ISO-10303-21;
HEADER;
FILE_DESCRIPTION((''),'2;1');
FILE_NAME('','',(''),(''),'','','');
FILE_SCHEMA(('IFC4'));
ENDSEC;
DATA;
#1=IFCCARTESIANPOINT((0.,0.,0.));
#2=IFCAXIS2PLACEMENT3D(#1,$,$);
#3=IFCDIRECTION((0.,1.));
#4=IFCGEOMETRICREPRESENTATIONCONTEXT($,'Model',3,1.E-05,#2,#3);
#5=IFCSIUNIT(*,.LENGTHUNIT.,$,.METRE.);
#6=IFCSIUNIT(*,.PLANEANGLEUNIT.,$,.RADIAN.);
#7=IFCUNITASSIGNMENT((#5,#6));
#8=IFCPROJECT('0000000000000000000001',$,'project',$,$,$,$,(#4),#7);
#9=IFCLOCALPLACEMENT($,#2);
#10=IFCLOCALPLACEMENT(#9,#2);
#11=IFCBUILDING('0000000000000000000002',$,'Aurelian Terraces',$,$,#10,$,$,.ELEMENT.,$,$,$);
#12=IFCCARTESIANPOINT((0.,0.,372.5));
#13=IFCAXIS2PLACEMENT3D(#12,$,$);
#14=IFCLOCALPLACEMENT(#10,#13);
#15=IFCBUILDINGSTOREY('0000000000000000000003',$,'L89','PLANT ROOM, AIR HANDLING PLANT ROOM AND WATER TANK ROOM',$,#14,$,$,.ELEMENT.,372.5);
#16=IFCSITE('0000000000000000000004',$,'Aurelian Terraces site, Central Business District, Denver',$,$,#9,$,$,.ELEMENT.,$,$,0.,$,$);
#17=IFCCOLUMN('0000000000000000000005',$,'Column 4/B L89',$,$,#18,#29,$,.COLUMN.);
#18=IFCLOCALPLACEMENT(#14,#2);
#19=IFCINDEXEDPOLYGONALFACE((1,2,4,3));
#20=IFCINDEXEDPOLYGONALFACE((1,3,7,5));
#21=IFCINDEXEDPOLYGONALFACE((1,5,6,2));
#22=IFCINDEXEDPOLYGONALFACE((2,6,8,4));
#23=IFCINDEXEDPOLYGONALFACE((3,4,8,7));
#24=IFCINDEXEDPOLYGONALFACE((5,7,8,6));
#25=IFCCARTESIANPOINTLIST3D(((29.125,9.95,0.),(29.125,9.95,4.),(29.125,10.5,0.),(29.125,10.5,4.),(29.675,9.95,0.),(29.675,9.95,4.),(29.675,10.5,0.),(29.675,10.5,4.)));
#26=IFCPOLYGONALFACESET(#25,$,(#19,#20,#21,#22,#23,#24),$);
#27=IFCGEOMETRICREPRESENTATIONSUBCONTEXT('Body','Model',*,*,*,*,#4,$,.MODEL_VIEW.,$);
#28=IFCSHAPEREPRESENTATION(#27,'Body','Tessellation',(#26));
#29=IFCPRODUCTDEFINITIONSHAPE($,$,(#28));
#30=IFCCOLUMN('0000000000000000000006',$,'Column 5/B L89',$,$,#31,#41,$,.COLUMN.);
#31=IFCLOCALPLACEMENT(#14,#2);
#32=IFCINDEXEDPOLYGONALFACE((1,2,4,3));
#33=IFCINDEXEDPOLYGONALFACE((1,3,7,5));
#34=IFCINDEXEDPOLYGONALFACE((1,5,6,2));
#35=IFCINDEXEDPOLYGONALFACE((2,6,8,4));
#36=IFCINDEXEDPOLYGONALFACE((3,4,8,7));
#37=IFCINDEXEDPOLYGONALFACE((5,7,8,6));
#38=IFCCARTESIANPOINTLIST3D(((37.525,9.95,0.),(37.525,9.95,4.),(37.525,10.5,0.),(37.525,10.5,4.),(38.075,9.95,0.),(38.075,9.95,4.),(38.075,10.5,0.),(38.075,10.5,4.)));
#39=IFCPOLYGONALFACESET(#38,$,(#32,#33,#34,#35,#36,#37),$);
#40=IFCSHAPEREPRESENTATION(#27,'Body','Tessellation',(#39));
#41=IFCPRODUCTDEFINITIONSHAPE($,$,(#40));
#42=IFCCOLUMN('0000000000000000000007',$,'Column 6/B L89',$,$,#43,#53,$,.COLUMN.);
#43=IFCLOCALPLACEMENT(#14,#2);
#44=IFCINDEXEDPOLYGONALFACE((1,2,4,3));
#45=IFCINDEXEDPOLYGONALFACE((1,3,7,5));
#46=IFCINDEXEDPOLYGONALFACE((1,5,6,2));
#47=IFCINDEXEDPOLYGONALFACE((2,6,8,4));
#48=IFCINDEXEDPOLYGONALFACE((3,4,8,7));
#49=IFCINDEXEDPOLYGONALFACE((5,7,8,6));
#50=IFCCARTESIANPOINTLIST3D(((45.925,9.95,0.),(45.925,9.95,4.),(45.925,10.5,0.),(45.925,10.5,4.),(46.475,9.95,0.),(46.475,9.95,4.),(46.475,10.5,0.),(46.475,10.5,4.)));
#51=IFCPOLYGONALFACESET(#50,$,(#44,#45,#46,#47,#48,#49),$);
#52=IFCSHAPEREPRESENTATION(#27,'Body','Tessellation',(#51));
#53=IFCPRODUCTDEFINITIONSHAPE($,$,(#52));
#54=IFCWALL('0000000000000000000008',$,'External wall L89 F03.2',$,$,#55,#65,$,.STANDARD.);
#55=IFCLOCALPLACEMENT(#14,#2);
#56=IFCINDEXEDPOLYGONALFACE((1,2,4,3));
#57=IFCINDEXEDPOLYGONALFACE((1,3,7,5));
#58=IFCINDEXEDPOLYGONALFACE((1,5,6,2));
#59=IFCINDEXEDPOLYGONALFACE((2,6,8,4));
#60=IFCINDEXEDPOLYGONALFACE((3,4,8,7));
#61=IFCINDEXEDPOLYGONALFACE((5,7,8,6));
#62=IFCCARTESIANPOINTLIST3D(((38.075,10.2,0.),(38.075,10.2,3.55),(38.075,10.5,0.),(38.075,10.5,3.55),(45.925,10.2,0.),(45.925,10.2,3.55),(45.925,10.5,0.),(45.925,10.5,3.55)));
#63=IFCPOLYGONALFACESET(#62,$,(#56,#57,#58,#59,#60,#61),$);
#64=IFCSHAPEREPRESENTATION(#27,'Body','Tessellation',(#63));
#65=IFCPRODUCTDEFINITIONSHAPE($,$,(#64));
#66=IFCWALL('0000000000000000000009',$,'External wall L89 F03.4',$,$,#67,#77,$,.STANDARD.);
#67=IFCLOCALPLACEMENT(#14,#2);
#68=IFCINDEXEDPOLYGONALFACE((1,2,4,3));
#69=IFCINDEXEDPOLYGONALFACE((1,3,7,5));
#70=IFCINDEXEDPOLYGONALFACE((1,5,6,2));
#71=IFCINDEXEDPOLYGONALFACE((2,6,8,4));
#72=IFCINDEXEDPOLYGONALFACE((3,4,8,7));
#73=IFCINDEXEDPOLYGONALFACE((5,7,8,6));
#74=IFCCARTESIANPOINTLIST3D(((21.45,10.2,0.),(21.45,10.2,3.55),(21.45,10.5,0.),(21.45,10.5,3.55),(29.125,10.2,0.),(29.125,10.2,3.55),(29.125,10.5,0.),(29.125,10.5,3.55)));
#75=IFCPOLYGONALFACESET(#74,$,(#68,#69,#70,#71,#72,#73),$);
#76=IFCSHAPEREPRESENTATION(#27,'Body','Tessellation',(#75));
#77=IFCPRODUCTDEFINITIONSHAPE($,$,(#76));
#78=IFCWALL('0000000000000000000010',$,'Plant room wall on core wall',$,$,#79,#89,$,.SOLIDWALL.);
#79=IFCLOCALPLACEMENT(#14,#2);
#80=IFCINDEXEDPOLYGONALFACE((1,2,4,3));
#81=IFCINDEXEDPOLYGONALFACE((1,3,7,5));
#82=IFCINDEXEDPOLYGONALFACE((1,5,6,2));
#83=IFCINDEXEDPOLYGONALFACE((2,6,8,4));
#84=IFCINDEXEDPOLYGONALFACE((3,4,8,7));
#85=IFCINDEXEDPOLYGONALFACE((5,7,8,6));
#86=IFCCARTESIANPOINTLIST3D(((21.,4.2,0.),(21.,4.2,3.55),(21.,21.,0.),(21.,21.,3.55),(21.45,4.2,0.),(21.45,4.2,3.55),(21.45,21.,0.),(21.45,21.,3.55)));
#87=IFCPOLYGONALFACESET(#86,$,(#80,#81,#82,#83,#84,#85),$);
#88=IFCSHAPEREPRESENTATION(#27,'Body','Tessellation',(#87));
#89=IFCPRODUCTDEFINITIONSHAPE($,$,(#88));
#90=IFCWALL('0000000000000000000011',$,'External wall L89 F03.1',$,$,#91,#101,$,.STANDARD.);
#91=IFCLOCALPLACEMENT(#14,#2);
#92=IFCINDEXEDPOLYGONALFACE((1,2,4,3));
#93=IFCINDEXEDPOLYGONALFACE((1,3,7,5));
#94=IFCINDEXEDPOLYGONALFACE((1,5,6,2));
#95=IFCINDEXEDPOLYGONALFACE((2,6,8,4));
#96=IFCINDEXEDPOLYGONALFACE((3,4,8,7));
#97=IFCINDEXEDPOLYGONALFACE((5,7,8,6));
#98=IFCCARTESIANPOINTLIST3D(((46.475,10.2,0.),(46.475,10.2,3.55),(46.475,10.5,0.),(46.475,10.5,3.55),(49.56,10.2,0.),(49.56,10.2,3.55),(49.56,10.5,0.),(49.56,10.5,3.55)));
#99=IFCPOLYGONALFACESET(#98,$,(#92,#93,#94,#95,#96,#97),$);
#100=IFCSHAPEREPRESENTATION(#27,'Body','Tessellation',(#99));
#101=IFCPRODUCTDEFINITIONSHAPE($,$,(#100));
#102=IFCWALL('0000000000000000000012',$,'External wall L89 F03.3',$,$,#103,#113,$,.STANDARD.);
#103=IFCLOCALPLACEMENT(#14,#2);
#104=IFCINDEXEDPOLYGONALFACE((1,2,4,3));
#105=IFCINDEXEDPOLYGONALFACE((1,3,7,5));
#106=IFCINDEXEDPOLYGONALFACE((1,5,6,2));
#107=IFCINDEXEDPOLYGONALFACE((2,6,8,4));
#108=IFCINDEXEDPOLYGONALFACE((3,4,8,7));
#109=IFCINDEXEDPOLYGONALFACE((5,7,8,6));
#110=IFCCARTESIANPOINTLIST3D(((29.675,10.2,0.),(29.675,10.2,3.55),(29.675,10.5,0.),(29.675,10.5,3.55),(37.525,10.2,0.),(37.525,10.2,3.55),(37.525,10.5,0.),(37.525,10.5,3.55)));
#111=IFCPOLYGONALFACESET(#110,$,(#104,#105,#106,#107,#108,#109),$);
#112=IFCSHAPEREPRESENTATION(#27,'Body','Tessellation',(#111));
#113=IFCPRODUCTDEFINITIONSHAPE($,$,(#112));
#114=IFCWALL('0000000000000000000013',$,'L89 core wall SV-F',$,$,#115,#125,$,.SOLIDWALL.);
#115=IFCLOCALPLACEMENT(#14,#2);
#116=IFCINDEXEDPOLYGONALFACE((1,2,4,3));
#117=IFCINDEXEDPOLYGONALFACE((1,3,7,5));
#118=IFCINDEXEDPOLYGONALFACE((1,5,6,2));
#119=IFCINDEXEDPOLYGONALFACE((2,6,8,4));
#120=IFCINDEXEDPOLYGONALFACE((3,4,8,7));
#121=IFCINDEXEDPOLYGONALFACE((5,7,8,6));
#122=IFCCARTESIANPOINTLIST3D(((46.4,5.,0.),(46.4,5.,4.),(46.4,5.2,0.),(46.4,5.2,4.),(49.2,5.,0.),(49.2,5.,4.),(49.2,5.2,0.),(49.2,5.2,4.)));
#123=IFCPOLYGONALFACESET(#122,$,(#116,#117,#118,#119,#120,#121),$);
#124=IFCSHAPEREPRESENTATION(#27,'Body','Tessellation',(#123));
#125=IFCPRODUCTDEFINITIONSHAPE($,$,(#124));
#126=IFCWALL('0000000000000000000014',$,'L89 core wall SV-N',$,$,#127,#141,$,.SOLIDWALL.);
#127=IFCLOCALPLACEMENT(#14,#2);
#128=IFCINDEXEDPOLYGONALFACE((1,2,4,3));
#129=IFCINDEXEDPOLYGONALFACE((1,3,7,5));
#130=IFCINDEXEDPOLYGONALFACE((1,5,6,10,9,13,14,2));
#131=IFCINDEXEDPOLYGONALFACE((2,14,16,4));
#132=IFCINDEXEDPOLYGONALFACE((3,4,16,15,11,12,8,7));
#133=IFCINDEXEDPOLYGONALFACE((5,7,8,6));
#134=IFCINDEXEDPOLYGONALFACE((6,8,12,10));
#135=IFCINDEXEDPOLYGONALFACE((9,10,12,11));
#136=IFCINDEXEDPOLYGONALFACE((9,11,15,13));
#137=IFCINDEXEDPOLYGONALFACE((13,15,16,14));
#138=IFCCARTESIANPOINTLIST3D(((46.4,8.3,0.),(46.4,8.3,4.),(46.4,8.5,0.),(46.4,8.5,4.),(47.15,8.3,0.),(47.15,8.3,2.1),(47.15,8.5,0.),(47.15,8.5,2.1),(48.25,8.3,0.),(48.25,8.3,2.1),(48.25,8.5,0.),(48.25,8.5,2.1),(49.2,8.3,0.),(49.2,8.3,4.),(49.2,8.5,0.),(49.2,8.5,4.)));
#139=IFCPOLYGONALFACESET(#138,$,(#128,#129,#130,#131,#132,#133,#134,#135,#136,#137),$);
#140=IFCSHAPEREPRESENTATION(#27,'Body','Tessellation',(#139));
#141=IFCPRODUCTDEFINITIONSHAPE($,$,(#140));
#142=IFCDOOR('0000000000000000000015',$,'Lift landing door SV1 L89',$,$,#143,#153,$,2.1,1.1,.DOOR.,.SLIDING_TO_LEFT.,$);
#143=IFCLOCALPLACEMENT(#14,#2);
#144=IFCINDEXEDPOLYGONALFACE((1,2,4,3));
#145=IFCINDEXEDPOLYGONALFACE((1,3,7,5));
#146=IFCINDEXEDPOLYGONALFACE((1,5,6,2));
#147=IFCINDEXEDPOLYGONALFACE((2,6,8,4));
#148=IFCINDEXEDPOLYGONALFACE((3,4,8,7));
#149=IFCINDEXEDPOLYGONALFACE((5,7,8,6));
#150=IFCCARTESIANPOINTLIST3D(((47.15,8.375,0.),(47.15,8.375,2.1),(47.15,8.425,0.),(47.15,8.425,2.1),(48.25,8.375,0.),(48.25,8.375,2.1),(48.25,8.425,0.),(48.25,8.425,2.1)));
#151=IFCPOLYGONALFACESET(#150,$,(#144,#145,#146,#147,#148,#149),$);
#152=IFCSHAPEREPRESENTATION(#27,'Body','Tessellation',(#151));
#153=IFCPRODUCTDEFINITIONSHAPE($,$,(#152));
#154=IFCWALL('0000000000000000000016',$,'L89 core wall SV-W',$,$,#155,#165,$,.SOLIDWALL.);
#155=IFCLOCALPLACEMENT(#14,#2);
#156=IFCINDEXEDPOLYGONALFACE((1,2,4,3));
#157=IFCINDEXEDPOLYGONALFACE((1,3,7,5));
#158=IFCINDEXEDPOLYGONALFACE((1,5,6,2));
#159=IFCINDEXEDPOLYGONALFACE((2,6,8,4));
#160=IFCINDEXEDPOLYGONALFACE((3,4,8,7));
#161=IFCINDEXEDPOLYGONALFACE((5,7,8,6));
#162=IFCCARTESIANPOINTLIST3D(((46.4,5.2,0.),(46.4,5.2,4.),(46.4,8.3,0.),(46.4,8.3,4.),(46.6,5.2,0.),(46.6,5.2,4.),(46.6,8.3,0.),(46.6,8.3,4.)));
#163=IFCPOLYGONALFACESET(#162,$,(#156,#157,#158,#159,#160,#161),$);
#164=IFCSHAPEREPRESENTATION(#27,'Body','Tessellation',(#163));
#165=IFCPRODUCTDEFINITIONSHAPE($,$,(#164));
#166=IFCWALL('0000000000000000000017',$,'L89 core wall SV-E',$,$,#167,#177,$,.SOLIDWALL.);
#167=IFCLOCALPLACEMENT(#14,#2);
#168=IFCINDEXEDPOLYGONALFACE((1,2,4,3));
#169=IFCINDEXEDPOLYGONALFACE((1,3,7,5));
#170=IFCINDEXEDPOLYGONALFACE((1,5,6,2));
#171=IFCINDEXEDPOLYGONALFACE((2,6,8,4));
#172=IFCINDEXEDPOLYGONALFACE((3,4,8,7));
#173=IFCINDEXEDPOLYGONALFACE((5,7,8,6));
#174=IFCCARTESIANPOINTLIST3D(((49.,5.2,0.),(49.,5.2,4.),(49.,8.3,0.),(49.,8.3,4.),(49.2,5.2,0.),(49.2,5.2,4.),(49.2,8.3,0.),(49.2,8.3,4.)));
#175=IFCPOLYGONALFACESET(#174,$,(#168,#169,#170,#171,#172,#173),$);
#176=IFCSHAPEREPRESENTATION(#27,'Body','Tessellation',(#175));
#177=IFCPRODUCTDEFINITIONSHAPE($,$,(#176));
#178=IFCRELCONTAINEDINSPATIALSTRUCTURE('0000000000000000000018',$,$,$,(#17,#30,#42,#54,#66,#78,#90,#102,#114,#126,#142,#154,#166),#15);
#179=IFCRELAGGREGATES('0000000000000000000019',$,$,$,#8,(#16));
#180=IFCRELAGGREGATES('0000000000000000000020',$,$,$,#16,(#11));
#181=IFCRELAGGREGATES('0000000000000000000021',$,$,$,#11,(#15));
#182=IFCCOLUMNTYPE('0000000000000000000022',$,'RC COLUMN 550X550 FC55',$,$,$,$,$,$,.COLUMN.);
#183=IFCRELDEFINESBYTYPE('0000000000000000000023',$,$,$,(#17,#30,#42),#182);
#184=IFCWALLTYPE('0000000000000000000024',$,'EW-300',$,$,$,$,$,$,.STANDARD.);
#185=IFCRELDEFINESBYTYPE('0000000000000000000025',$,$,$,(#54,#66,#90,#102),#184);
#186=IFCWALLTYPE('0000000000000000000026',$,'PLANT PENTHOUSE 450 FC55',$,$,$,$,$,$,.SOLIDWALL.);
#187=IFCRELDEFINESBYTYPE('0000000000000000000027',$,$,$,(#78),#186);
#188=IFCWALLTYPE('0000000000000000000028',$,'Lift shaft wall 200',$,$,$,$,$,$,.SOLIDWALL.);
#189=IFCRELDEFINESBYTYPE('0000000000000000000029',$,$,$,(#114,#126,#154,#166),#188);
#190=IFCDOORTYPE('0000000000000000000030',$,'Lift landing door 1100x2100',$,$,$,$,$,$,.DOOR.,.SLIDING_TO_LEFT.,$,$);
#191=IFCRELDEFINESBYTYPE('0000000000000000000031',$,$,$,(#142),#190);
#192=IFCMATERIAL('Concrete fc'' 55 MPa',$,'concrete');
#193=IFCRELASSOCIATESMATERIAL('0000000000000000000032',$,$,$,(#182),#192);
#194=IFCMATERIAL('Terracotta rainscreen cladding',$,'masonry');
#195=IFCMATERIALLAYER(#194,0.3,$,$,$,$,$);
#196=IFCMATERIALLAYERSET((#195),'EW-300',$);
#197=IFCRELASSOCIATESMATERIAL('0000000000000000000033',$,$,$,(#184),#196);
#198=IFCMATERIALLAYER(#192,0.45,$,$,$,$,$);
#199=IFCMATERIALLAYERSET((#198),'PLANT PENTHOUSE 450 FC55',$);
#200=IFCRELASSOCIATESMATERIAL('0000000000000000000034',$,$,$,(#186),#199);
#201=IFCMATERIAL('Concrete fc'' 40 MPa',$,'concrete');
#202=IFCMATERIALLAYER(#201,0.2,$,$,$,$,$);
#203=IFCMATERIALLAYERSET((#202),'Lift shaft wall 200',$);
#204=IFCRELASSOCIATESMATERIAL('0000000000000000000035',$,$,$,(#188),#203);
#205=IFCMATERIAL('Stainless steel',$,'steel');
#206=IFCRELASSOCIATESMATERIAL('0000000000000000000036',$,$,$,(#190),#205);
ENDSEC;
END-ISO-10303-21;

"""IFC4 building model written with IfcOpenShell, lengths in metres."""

from ifc_helpers import new_model, si_unit, direction, frame, frame_2d, origin, origin_2d, place, context, subcontext, project, spatial, rectangle, extrude, source, transform, mapped, material, layer, layer_set, material_profile, profile_set, type_object, element, fill, save


model = new_model("IFC4")

# Units and contexts
model_context = context("Model", 3, precision=1e-05, world=origin(), true_north=direction((0.0, 1.0)))
body_context = subcontext(model_context, "Body", "Model", "MODEL_VIEW")
ifc_project = project(units=[si_unit("LENGTHUNIT", "METRE"), si_unit("PLANEANGLEUNIT", "RADIAN")], contexts=[model_context])

# Site, building, storey
site_placement = place(None, origin())
site = spatial("IfcSite", under=ifc_project, at=site_placement, Name="Aurelian Terraces site, Central Business District, Denver", CompositionType="ELEMENT", RefElevation=0.0)
building_placement = place(site_placement, origin())
building = spatial("IfcBuilding", under=site, at=building_placement, Name="Aurelian Terraces", CompositionType="ELEMENT")
storey_placement = place(building_placement, frame((0.0, 0.0, 372.5)))
storey = spatial("IfcBuildingStorey", under=building, at=storey_placement, Name="L89", Description="PLANT ROOM, AIR HANDLING PLANT ROOM AND WATER TANK ROOM", CompositionType="ELEMENT", Elevation=372.5)

# Columns
ifc_material_1 = material(Name="Concrete fc' 55 MPa", Category="concrete")
ifc_material_profile = material_profile(ifc_material_1, rectangle(XDim=0.55, YDim=0.55, at=origin_2d()))
ifc_profile_set = profile_set([ifc_material_profile], Name="Concrete fc' 55 MPa")
column_type = type_object("IfcColumnType", Name="RC COLUMN 550X550 FC55", PredefinedType="COLUMN", material=ifc_profile_set)
shared_shape_1 = source(origin(), body_context, "Body", "SweptSolid", [
    extrude(rectangle(XDim=0.55, YDim=0.55, at=origin_2d()), origin(), (0.0, 0.0, 1.0), 4.0),
])
for number, where, z_axis, x_axis, name in (
    (1, (29.4, 10.225, 0.0), (0.0, 0.0, 1.0), (1.0, 0.0, 0.0), "Column 4/B L89"),
    (2, (37.8, 10.225, 0.0), (0.0, 0.0, 1.0), (1.0, 0.0, 0.0), "Column 5/B L89"),
    (3, (46.2, 10.225, 0.0), (0.0, 0.0, 1.0), (1.0, 0.0, 0.0), "Column 6/B L89"),
):
    element("IfcColumn", number, at=place(storey_placement, frame(where, z_axis=z_axis, x_axis=x_axis)), inside=storey, type_object=column_type, Name=name, PredefinedType="COLUMN", context=body_context, shape_type="MappedRepresentation", body=[
        mapped(shared_shape_1, transform((0.0, 0.0, 0.0), scale=1.0)),
    ])

# Walls
ifc_material_2 = material(Name="Terracotta rainscreen cladding", Category="masonry")
ifc_layer_1 = layer(ifc_material_2, 0.3)
ifc_layer_set_1 = layer_set([ifc_layer_1], Name="EW-300")
wall_type_1 = type_object("IfcWallType", Name="EW-300", PredefinedType="STANDARD", material=ifc_layer_set_1)
wall_1_placement = place(storey_placement, frame((45.925, 10.35, 0.0), z_axis=(0.0, 0.0, 1.0), x_axis=(-1.0, 0.0, 0.0)))
element("IfcWall", 4, at=wall_1_placement, inside=storey, type_object=wall_type_1, Name="External wall L89 F03.2", PredefinedType="STANDARD", context=body_context, shape_type="SweptSolid", body=[
    extrude(rectangle(XDim=7.85, YDim=0.3, at=frame_2d((3.925, 0.0))), origin(), (0.0, 0.0, 1.0), 3.55),
])
wall_2_placement = place(storey_placement, frame((29.125, 10.35, 0.0), z_axis=(0.0, 0.0, 1.0), x_axis=(-1.0, 0.0, 0.0)))
element("IfcWall", 5, at=wall_2_placement, inside=storey, type_object=wall_type_1, Name="External wall L89 F03.4", PredefinedType="STANDARD", context=body_context, shape_type="SweptSolid", body=[
    extrude(rectangle(XDim=7.675, YDim=0.3, at=frame_2d((3.8375, 0.0))), origin(), (0.0, 0.0, 1.0), 3.55),
])
ifc_layer_2 = layer(ifc_material_1, 0.45)
ifc_layer_set_2 = layer_set([ifc_layer_2], Name="PLANT PENTHOUSE 450 FC55")
wall_type_2 = type_object("IfcWallType", Name="PLANT PENTHOUSE 450 FC55", PredefinedType="SOLIDWALL", material=ifc_layer_set_2)
wall_3_placement = place(storey_placement, frame((21.225, 4.2, 0.0), z_axis=(0.0, 0.0, 1.0), x_axis=(0.0, 1.0, 0.0)))
element("IfcWall", 6, at=wall_3_placement, inside=storey, type_object=wall_type_2, Name="Plant room wall on core wall", PredefinedType="SOLIDWALL", context=body_context, shape_type="SweptSolid", body=[
    extrude(rectangle(XDim=16.8, YDim=0.45, at=frame_2d((8.4, 0.0))), origin(), (0.0, 0.0, 1.0), 3.55),
])
shared_shape_2 = source(origin(), body_context, "Body", "SweptSolid", [
    extrude(rectangle(XDim=3.085, YDim=0.3, at=frame_2d((1.5425, 0.0))), origin(), (0.0, 0.0, 1.0), 3.55),
])
wall_4_placement = place(storey_placement, frame((49.56, 10.35, 0.0), z_axis=(0.0, 0.0, 1.0), x_axis=(-1.0, 0.0, 0.0)))
element("IfcWall", 7, at=wall_4_placement, inside=storey, type_object=wall_type_1, Name="External wall L89 F03.1", PredefinedType="STANDARD", context=body_context, shape_type="MappedRepresentation", body=[
    mapped(shared_shape_2, transform((0.0, 0.0, 0.0), scale=1.0)),
])
shared_shape_3 = source(origin(), body_context, "Body", "SweptSolid", [
    extrude(rectangle(XDim=7.85, YDim=0.3, at=frame_2d((3.925, 0.0))), origin(), (0.0, 0.0, 1.0), 3.55),
])
wall_5_placement = place(storey_placement, frame((37.525, 10.35, 0.0), z_axis=(0.0, 0.0, 1.0), x_axis=(-1.0, 0.0, 0.0)))
element("IfcWall", 8, at=wall_5_placement, inside=storey, type_object=wall_type_1, Name="External wall L89 F03.3", PredefinedType="STANDARD", context=body_context, shape_type="MappedRepresentation", body=[
    mapped(shared_shape_3, transform((0.0, 0.0, 0.0), scale=1.0)),
])
ifc_material_3 = material(Name="Concrete fc' 40 MPa", Category="concrete")
ifc_layer_3 = layer(ifc_material_3, 0.2)
ifc_layer_set_3 = layer_set([ifc_layer_3], Name="Lift shaft wall 200")
wall_type_3 = type_object("IfcWallType", Name="Lift shaft wall 200", PredefinedType="SOLIDWALL", material=ifc_layer_set_3)
shared_shape_4 = source(origin(), body_context, "Body", "SweptSolid", [
    extrude(rectangle(XDim=2.8, YDim=0.2, at=frame_2d((1.4, 0.0))), origin(), (0.0, 0.0, 1.0), 4.0),
])
wall_6_placement = place(storey_placement, frame((46.4, 5.1, 0.0), z_axis=(0.0, 0.0, 1.0), x_axis=(1.0, 0.0, 0.0)))
element("IfcWall", 9, at=wall_6_placement, inside=storey, type_object=wall_type_3, Name="L89 core wall SV-F", PredefinedType="SOLIDWALL", context=body_context, shape_type="MappedRepresentation", body=[
    mapped(shared_shape_4, transform((0.0, 0.0, 0.0), scale=1.0)),
])

# Wall, opening, door
wall_7_placement = place(storey_placement, frame((46.4, 8.4, 0.0), z_axis=(0.0, 0.0, 1.0), x_axis=(1.0, 0.0, 0.0)))
wall_7 = element("IfcWall", 10, at=wall_7_placement, inside=storey, type_object=wall_type_3, Name="L89 core wall SV-N", PredefinedType="SOLIDWALL", context=body_context, shape_type="MappedRepresentation", body=[
    mapped(shared_shape_4, transform((0.0, 0.0, 0.0), scale=1.0)),
])
shared_shape_5 = source(origin(), body_context, "Body", "SweptSolid", [
    extrude(rectangle(XDim=1.1, YDim=2.1, at=frame_2d((0.55, 1.05))), frame((0.0, 0.11, 0.0), z_axis=(0.0, -1.0, 0.0), x_axis=(1.0, 0.0, 0.0)), (0.0, 0.0, 1.0), 0.22),
])
opening_1_placement = place(wall_7_placement, frame((0.75, 0.0, 0.0)))
opening_1 = element("IfcOpeningElement", 11, at=opening_1_placement, cuts=wall_7, PredefinedType="OPENING", context=body_context, shape_type="MappedRepresentation", body=[
    mapped(shared_shape_5, transform((0.0, 0.0, 0.0), scale=1.0)),
])
ifc_material_4 = material(Name="Stainless steel", Category="steel")
door_type_1 = type_object("IfcDoorType", Name="Lift landing door 1100x2100", OperationType="SLIDING_TO_LEFT", PredefinedType="DOOR", material=ifc_material_4)
shared_shape_6 = source(origin(), body_context, "Body", "SweptSolid", [
    extrude(rectangle(XDim=1.1, YDim=2.1, at=frame_2d((0.55, 1.05))), frame((0.0, 0.025, 0.0), z_axis=(0.0, -1.0, 0.0), x_axis=(1.0, 0.0, 0.0)), (0.0, 0.0, 1.0), 0.05),
])
door_1_placement = place(opening_1_placement, origin())
door_1 = element("IfcDoor", 12, at=door_1_placement, inside=storey, type_object=door_type_1, Name="Lift landing door SV1 L89", OperationType="SLIDING_TO_LEFT", OverallHeight=2.1, OverallWidth=1.1, PredefinedType="DOOR", context=body_context, shape_type="MappedRepresentation", body=[
    mapped(shared_shape_6, transform((0.0, 0.0, 0.0), scale=1.0)),
])
fill(opening_1, door_1)

# Walls
shared_shape_7 = source(origin(), body_context, "Body", "SweptSolid", [
    extrude(rectangle(XDim=3.1, YDim=0.2, at=frame_2d((1.55, 0.0))), origin(), (0.0, 0.0, 1.0), 4.0),
])
for number, where, z_axis, x_axis, name in (
    (13, (46.5, 5.2, 0.0), (0.0, 0.0, 1.0), (0.0, 1.0, 0.0), "L89 core wall SV-W"),
    (14, (49.1, 5.2, 0.0), (0.0, 0.0, 1.0), (0.0, 1.0, 0.0), "L89 core wall SV-E"),
):
    element("IfcWall", number, at=place(storey_placement, frame(where, z_axis=z_axis, x_axis=x_axis)), inside=storey, type_object=wall_type_3, Name=name, PredefinedType="SOLIDWALL", context=body_context, shape_type="MappedRepresentation", body=[
        mapped(shared_shape_7, transform((0.0, 0.0, 0.0), scale=1.0)),
    ])

save(model, "model.ifc")
